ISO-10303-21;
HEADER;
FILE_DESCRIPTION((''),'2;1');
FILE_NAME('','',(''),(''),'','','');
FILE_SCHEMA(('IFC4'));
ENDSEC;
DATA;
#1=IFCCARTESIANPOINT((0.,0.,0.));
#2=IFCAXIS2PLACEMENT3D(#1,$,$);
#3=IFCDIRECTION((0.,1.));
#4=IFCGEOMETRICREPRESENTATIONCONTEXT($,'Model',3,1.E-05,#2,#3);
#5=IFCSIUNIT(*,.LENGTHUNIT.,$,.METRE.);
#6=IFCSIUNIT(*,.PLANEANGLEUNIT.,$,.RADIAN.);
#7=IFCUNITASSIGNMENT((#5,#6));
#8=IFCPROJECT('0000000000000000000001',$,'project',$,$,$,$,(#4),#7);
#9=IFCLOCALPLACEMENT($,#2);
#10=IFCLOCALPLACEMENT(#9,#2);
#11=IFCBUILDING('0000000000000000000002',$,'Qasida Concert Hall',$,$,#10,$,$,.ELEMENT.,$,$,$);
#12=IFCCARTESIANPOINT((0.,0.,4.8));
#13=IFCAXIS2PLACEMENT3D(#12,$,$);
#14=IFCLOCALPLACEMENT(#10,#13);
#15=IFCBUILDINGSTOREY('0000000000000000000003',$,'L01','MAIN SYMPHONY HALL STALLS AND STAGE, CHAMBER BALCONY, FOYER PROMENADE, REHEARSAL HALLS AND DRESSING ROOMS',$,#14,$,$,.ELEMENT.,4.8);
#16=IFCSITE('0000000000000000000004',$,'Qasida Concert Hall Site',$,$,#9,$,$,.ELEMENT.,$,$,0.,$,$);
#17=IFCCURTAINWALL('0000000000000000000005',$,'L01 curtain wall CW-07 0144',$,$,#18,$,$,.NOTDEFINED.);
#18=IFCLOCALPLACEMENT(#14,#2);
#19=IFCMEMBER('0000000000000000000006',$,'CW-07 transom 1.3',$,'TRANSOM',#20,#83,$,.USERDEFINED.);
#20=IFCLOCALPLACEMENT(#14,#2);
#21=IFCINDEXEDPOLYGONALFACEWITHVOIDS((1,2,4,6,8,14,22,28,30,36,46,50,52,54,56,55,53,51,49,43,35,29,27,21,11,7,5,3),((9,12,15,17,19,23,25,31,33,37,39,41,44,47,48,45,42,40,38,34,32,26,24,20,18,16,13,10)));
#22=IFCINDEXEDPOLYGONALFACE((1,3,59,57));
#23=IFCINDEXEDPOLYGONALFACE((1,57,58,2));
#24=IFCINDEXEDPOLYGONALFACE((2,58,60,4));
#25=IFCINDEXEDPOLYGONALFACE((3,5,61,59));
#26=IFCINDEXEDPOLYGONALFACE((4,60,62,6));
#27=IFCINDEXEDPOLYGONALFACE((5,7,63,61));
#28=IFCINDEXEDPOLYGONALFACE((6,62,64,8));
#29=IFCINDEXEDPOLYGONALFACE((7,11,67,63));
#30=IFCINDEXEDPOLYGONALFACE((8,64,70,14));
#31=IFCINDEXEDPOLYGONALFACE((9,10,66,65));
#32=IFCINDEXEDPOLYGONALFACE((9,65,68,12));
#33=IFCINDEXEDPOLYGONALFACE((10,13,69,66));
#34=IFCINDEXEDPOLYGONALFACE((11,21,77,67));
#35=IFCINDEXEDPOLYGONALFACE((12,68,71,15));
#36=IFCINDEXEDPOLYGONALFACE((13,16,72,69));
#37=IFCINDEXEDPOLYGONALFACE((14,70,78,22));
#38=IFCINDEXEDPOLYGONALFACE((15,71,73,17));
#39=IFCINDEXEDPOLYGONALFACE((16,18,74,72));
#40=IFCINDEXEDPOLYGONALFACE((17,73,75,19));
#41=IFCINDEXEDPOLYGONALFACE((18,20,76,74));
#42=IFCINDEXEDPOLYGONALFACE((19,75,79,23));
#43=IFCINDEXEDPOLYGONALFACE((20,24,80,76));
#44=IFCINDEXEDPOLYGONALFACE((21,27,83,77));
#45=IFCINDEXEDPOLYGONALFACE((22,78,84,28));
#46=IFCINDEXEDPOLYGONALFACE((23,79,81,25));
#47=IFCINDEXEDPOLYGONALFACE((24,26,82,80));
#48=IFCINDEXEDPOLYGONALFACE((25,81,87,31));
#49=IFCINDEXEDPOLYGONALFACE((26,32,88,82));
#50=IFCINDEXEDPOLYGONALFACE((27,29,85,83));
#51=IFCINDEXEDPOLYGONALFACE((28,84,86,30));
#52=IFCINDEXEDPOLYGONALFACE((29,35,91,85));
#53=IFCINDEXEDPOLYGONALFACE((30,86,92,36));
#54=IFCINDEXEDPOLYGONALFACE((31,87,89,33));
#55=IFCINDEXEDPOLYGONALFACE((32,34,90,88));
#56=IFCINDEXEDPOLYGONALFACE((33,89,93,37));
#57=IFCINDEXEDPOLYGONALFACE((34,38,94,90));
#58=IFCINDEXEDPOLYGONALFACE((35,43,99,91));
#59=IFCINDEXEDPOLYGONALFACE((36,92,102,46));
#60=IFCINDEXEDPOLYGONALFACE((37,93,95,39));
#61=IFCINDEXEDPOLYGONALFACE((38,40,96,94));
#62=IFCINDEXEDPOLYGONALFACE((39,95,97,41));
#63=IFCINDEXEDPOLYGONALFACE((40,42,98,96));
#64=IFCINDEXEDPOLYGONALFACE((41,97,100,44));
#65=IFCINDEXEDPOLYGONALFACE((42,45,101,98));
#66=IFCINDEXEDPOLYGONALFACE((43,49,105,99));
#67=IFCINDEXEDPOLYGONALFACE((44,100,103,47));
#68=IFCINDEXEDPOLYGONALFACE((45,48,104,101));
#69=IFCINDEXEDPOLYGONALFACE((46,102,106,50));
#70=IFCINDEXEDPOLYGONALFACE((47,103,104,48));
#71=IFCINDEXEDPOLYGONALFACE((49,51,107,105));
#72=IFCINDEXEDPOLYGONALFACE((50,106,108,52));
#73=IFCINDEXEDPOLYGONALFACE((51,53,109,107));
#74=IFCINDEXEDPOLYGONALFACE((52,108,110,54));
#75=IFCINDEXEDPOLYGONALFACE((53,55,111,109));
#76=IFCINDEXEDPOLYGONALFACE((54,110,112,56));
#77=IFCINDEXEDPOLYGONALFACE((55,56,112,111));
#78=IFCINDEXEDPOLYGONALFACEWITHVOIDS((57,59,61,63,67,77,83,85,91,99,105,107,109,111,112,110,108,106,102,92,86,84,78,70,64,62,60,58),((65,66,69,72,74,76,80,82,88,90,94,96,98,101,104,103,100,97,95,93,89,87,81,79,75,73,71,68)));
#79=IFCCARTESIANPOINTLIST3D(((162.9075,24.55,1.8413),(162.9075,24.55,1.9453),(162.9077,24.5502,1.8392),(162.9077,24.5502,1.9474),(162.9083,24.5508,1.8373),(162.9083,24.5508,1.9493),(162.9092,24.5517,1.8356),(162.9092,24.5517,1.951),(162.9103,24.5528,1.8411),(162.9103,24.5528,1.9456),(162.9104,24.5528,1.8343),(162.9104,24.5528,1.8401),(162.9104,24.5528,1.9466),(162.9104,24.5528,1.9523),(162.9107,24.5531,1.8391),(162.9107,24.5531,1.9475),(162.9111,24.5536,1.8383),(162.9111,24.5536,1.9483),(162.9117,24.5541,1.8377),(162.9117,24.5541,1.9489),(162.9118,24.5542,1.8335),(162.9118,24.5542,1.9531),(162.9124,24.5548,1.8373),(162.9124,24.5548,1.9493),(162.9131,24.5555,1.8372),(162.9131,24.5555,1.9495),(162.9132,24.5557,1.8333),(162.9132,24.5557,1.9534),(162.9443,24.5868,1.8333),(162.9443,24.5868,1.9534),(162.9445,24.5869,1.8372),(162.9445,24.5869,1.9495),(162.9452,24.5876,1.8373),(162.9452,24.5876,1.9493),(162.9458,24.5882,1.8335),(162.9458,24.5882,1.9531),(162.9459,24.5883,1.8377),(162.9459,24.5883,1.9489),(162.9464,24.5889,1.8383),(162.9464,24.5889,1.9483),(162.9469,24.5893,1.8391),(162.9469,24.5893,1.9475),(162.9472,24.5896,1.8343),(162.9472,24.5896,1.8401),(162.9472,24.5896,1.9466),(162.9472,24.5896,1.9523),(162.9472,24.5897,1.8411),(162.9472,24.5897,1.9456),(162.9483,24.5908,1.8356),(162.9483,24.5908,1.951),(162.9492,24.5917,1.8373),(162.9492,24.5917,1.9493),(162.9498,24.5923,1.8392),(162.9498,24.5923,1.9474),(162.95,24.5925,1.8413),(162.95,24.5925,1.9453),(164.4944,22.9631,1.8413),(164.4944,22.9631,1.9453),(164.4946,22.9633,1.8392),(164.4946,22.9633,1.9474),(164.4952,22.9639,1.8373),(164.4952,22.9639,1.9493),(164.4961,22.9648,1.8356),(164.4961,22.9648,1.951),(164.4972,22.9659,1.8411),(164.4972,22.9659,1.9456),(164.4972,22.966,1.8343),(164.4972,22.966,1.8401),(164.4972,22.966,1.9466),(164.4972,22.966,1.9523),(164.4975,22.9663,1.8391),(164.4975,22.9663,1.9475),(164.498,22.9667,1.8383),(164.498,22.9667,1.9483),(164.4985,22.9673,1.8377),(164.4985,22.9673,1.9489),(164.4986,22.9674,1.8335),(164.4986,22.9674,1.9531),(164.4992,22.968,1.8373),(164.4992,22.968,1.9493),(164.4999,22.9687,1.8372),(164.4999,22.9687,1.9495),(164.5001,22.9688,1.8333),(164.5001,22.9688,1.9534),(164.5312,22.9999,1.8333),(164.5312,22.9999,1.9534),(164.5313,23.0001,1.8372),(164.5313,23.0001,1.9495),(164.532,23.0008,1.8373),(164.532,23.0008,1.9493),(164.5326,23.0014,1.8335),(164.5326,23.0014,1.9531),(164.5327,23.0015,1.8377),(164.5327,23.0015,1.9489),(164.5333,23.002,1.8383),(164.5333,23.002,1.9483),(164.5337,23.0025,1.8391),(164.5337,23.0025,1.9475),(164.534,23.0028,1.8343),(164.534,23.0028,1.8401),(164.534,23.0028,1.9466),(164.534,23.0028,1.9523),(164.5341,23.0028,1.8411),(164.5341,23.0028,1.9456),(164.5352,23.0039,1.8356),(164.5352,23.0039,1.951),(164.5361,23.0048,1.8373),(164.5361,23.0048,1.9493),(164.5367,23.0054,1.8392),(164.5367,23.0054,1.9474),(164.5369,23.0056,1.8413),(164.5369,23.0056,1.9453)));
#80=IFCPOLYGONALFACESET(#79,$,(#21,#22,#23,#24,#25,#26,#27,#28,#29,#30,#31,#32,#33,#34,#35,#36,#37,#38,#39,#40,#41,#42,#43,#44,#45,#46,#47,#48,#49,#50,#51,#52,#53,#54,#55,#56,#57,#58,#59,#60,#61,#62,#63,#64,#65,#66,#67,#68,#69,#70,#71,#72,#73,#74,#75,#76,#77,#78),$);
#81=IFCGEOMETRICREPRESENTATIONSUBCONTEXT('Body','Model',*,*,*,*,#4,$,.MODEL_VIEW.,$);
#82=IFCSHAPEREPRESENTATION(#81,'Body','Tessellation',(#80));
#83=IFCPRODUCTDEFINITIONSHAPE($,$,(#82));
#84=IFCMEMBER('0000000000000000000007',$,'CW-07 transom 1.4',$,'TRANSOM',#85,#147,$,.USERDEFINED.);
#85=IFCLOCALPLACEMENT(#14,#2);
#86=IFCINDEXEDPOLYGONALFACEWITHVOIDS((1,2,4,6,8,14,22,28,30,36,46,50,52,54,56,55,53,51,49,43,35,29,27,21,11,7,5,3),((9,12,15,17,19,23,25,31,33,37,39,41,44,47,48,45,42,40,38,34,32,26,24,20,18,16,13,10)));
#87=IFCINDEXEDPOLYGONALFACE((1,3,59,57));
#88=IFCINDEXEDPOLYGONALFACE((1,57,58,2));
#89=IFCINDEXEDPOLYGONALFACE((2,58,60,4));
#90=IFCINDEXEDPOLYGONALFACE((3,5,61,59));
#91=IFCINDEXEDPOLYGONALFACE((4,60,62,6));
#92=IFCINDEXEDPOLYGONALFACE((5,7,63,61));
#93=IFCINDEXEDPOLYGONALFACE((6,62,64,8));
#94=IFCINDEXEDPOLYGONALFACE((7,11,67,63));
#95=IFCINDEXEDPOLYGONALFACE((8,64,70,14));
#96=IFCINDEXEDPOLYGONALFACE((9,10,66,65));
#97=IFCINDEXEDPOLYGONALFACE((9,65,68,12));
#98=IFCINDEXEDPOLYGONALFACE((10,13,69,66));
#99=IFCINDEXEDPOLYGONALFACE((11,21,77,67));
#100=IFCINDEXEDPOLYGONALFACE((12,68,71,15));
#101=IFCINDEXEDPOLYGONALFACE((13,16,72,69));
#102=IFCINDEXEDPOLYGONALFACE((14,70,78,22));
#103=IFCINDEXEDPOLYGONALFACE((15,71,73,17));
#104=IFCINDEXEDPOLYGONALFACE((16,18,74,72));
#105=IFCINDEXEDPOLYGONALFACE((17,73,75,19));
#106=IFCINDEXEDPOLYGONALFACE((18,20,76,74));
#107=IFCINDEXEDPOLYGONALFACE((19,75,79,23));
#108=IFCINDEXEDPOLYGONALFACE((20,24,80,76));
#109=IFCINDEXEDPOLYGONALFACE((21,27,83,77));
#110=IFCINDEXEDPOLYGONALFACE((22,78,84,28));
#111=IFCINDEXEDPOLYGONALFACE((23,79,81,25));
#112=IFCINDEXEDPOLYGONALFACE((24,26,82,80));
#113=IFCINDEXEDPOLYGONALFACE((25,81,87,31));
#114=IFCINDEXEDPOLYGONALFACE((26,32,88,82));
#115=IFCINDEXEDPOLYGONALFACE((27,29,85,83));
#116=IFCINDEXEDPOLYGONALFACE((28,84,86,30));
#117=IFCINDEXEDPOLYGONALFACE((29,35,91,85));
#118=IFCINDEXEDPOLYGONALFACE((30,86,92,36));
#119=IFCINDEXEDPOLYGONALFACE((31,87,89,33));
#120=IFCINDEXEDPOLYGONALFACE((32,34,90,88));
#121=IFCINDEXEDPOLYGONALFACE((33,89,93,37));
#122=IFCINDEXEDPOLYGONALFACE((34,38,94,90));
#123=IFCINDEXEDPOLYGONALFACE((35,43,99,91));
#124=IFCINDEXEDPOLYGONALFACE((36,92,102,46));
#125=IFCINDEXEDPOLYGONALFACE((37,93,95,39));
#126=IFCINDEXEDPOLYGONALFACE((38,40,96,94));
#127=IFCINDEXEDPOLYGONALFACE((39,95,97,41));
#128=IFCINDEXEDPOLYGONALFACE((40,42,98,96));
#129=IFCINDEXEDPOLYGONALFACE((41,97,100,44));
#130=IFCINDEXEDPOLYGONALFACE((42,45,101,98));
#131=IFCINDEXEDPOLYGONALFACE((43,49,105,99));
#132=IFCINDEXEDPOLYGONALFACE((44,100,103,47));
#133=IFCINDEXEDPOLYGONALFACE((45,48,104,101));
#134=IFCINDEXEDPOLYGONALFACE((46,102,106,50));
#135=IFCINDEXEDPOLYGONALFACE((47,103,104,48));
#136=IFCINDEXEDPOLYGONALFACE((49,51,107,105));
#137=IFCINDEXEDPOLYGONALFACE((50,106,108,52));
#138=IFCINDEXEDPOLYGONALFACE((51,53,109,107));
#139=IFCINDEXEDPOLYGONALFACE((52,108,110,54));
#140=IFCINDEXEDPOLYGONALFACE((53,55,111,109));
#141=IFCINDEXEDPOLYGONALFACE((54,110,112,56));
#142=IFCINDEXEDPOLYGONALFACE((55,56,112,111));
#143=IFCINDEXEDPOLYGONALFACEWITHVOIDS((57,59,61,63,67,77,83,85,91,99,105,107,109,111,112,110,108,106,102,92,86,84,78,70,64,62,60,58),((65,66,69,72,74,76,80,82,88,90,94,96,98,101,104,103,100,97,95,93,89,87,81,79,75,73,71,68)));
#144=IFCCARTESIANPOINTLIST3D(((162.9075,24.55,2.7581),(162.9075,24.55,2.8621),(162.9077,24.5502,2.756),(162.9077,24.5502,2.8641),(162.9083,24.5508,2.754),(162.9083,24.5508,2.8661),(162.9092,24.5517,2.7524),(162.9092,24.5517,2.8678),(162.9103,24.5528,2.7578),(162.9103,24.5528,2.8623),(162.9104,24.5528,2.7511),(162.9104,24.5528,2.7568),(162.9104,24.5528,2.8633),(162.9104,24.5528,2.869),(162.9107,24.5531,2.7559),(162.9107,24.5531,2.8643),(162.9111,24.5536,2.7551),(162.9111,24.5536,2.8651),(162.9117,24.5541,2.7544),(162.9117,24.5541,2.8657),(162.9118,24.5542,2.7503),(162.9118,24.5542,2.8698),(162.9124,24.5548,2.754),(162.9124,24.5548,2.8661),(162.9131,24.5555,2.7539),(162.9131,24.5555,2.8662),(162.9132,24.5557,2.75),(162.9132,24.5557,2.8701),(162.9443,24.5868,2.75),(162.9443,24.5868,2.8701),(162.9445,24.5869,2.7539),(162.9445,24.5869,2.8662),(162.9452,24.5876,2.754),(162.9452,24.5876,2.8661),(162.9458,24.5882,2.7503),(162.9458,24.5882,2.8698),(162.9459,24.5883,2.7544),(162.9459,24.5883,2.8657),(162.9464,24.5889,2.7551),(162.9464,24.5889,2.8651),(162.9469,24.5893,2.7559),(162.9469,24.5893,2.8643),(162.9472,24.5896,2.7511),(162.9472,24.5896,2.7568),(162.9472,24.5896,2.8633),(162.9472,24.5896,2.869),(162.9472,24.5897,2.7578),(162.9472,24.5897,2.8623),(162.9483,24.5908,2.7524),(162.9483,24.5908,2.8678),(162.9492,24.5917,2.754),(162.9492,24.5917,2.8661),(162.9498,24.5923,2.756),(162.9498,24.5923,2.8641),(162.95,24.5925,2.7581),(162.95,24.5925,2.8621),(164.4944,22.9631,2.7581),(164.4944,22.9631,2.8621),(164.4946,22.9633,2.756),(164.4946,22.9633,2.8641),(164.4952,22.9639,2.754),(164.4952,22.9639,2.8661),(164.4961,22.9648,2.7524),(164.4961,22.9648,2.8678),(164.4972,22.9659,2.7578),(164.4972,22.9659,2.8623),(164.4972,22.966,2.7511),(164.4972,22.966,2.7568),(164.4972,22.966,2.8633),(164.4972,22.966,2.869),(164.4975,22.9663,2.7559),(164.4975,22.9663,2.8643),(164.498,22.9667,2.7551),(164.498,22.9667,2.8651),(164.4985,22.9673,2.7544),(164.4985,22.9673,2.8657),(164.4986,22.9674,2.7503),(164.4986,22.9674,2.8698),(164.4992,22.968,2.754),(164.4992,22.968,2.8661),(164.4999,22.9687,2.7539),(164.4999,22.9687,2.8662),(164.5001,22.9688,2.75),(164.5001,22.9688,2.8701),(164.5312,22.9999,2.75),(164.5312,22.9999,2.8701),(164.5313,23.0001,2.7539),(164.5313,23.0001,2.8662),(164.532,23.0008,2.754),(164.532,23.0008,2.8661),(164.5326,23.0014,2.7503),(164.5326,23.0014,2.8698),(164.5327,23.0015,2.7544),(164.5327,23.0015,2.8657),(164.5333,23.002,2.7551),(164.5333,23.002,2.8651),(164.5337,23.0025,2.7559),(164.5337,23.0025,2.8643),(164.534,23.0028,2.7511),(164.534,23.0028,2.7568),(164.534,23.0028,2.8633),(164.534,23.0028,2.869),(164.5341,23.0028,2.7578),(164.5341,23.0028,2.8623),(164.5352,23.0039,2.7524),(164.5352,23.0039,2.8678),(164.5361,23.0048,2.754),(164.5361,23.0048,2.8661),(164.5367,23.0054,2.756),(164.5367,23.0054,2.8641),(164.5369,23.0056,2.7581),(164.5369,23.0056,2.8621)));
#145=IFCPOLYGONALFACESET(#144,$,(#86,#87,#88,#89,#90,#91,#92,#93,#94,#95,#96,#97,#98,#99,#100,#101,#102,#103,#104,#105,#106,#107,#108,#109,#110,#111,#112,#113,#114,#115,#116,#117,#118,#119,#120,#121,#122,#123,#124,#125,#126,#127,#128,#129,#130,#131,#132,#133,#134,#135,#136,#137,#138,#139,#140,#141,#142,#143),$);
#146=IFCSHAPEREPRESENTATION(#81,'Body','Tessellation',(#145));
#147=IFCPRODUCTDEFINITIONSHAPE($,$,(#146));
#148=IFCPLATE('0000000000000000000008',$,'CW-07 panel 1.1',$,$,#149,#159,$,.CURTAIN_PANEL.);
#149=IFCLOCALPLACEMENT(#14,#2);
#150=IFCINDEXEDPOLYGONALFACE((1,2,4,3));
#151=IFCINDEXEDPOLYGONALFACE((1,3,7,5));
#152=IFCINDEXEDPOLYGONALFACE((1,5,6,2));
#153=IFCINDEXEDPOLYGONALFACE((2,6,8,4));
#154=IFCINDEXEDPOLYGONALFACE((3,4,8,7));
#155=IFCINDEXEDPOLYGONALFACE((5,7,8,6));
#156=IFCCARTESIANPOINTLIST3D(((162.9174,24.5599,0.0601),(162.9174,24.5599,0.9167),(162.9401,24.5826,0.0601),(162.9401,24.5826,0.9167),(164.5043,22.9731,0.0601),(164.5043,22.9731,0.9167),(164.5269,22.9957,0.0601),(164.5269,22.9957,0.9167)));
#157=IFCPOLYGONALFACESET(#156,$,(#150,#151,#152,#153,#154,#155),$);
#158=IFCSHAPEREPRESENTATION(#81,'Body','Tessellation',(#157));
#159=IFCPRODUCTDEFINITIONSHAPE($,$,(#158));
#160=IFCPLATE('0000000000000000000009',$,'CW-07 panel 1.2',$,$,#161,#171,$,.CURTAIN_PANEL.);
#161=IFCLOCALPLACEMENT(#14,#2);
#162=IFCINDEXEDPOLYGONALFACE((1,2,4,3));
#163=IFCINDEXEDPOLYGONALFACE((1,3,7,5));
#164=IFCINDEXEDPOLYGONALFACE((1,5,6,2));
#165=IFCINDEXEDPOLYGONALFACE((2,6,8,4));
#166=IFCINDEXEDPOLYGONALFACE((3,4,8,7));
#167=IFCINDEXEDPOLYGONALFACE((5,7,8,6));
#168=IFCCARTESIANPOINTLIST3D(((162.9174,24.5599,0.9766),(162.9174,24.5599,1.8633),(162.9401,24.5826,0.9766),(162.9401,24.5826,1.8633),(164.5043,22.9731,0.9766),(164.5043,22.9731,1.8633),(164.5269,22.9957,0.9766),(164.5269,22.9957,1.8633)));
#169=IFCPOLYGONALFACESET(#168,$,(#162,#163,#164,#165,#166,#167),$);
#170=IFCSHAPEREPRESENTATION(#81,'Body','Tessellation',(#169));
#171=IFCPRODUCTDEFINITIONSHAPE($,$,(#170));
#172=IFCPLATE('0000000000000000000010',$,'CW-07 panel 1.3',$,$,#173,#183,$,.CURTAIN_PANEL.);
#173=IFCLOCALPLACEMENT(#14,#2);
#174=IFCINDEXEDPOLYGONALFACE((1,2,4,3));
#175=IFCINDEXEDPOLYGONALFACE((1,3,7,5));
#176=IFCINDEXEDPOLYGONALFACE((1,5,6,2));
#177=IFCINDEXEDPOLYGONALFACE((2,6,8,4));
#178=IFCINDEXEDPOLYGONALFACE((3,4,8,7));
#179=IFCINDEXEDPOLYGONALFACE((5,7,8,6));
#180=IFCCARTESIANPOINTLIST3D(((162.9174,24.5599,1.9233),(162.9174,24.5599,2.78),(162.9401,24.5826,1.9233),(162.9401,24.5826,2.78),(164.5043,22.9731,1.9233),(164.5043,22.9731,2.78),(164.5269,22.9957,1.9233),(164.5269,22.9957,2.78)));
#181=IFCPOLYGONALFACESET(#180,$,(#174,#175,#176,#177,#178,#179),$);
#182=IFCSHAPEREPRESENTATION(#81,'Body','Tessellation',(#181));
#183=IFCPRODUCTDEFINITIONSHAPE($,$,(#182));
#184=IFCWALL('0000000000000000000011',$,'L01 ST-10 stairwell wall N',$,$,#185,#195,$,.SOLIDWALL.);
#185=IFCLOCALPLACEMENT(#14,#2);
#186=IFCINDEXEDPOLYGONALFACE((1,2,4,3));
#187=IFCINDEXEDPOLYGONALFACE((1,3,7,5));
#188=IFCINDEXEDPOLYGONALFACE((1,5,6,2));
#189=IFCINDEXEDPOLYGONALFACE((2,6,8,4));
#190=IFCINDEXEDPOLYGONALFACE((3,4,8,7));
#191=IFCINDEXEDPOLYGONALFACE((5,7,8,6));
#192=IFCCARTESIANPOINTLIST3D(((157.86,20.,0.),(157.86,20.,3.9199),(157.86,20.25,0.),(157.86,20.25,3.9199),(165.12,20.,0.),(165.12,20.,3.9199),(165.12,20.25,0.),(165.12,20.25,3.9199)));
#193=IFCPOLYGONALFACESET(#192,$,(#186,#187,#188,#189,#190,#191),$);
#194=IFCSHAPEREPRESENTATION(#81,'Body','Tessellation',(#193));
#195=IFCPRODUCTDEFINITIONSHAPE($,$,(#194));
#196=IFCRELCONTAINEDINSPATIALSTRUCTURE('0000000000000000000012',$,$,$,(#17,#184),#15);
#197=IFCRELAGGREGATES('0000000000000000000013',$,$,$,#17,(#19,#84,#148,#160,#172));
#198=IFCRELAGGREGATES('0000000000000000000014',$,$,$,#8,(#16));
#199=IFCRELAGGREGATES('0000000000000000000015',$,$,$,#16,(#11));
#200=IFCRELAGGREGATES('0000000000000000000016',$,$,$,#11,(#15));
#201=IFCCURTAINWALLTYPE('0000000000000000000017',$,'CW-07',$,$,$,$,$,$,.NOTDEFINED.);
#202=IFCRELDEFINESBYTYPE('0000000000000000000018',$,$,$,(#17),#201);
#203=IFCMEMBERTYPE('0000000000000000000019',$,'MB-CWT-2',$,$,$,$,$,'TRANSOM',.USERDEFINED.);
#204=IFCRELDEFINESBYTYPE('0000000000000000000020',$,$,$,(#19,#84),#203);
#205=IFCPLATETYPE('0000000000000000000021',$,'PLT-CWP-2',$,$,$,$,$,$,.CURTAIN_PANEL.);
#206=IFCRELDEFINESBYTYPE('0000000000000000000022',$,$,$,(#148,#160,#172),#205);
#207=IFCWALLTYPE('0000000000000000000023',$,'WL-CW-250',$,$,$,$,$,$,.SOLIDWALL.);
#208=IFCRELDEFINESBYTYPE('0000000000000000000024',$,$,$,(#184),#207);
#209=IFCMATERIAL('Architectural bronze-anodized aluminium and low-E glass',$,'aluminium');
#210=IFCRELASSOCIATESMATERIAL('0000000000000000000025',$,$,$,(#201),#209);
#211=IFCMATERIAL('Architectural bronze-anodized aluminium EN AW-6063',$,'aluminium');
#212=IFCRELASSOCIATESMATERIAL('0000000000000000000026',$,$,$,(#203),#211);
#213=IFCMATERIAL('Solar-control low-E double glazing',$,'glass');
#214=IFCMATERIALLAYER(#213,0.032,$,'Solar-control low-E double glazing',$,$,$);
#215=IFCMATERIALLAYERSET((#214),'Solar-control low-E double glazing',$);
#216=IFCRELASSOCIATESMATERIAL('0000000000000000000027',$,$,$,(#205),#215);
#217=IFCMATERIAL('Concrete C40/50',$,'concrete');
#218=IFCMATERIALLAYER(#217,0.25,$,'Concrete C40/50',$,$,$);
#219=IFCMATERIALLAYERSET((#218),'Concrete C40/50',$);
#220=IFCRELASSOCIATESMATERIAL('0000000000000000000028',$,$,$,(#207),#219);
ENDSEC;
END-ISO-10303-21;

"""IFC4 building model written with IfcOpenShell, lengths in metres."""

from ifc_helpers import new_model, si_unit, direction, frame, frame_2d, origin, origin_2d, place, context, subcontext, project, spatial, rectangle, hollow_rectangle, extrude, material, layer, layer_set, material_profile, profile_set, type_object, element, aggregate, save


model = new_model("IFC4")

# Units and contexts
model_context = context("Model", 3, precision=1e-05, world=origin(), true_north=direction((0.0, 1.0)))
body_context = subcontext(model_context, "Body", "Model", "MODEL_VIEW")
ifc_project = project(units=[si_unit("LENGTHUNIT", "METRE"), si_unit("PLANEANGLEUNIT", "RADIAN")], contexts=[model_context])

# Site, building, storey
site_placement = place(None, origin())
site = spatial("IfcSite", under=ifc_project, at=site_placement, Name="Qasida Concert Hall Site", CompositionType="ELEMENT", RefElevation=0.0)
building_placement = place(site_placement, origin())
building = spatial("IfcBuilding", under=site, at=building_placement, Name="Qasida Concert Hall", CompositionType="ELEMENT")
storey_placement = place(building_placement, frame((0.0, 0.0, 4.8)))
storey = spatial("IfcBuildingStorey", under=building, at=storey_placement, Name="L01", Description="MAIN SYMPHONY HALL STALLS AND STAGE, CHAMBER BALCONY, FOYER PROMENADE, REHEARSAL HALLS AND DRESSING ROOMS", CompositionType="ELEMENT", Elevation=4.8)

# Shared definitions
ifc_material_1 = material(Name="Concrete C40/50", Category="concrete")

# Curtain wall, members, plates
ifc_material_2 = material(Name="Architectural bronze-anodized aluminium and low-E glass", Category="aluminium")
curtain_wall_type = type_object("IfcCurtainWallType", Name="CW-07", PredefinedType="NOTDEFINED", material=ifc_material_2)
curtain_wall_placement = place(storey_placement, origin())
curtain_wall = element("IfcCurtainWall", 1, at=curtain_wall_placement, inside=storey, type_object=curtain_wall_type, Name="L01 curtain wall CW-07 0144", PredefinedType="NOTDEFINED")
ifc_material_3 = material(Name="Architectural bronze-anodized aluminium EN AW-6063", Category="aluminium")
ifc_material_profile_1 = material_profile(ifc_material_3, hollow_rectangle(XDim=0.0601, YDim=0.1201, WallThickness=0.0039, InnerFilletRadius=0.0039, OuterFilletRadius=0.0081, at=origin_2d()), Name="CWT 120x60x4")
ifc_profile_set_1 = profile_set([ifc_material_profile_1], Name="Architectural bronze-anodized aluminium EN AW-6063")
member_type_1 = type_object("IfcMemberType", Name="MB-CWT-2", ElementType="TRANSOM", PredefinedType="USERDEFINED", material=ifc_profile_set_1)
member_1_placement = place(storey_placement, frame((164.5156, 22.9844, 1.8933), z_axis=(-0.707107, 0.707107, 0.0), x_axis=(-0.707107, -0.707107, 0.0)))
member_1 = element("IfcMember", 2, at=member_1_placement, type_object=member_type_1, Name="CW-07 transom 1.3", ObjectType="TRANSOM", PredefinedType="USERDEFINED", context=body_context, shape_type="SweptSolid", body=[
    extrude(hollow_rectangle(XDim=0.0601, YDim=0.1201, WallThickness=0.0039, InnerFilletRadius=0.0039, OuterFilletRadius=0.0081, at=origin_2d()), origin(), (0.0, 0.0, 1.0), 2.2441),
])
member_2_placement = place(storey_placement, frame((164.5156, 22.9844, 2.8101), z_axis=(-0.707107, 0.707107, 0.0), x_axis=(-0.707107, -0.707107, 0.0)))
member_2 = element("IfcMember", 3, at=member_2_placement, type_object=member_type_1, Name="CW-07 transom 1.4", ObjectType="TRANSOM", PredefinedType="USERDEFINED", context=body_context, shape_type="SweptSolid", body=[
    extrude(hollow_rectangle(XDim=0.0601, YDim=0.1201, WallThickness=0.0039, InnerFilletRadius=0.0039, OuterFilletRadius=0.0081, at=origin_2d()), origin(), (0.0, 0.0, 1.0), 2.2441),
])
ifc_material_4 = material(Name="Solar-control low-E double glazing", Category="glass")
ifc_layer_1 = layer(ifc_material_4, 0.032, Name="Solar-control low-E double glazing")
ifc_layer_set_1 = layer_set([ifc_layer_1], Name="Solar-control low-E double glazing")
plate_type = type_object("IfcPlateType", Name="PLT-CWP-2", PredefinedType="CURTAIN_PANEL", material=ifc_layer_set_1)
plate_1_placement = place(storey_placement, frame((163.7222, 23.7778, 0.0601), z_axis=(0.0, 0.0, 1.0), x_axis=(-0.707107, 0.707107, 0.0)))
plate_1 = element("IfcPlate", 4, at=plate_1_placement, type_object=plate_type, Name="CW-07 panel 1.1", PredefinedType="CURTAIN_PANEL", context=body_context, shape_type="SweptSolid", body=[
    extrude(rectangle(XDim=2.2441, YDim=0.032, at=origin_2d()), origin(), (0.0, 0.0, 1.0), 0.8567),
])
plate_2_placement = place(storey_placement, frame((163.7222, 23.7778, 0.9766), z_axis=(0.0, 0.0, 1.0), x_axis=(-0.707107, 0.707107, 0.0)))
plate_2 = element("IfcPlate", 5, at=plate_2_placement, type_object=plate_type, Name="CW-07 panel 1.2", PredefinedType="CURTAIN_PANEL", context=body_context, shape_type="SweptSolid", body=[
    extrude(rectangle(XDim=2.2441, YDim=0.032, at=origin_2d()), origin(), (0.0, 0.0, 1.0), 0.8867),
])
plate_3_placement = place(storey_placement, frame((163.7222, 23.7778, 1.9233), z_axis=(0.0, 0.0, 1.0), x_axis=(-0.707107, 0.707107, 0.0)))
plate_3 = element("IfcPlate", 6, at=plate_3_placement, type_object=plate_type, Name="CW-07 panel 1.3", PredefinedType="CURTAIN_PANEL", context=body_context, shape_type="SweptSolid", body=[
    extrude(rectangle(XDim=2.2441, YDim=0.032, at=origin_2d()), origin(), (0.0, 0.0, 1.0), 0.8567),
])
aggregate(curtain_wall, [member_1, member_2, plate_1, plate_2, plate_3])

# Wall
ifc_layer_2 = layer(ifc_material_1, 0.25, Name="Concrete C40/50")
ifc_layer_set_2 = layer_set([ifc_layer_2], Name="Concrete C40/50")
wall_type_1 = type_object("IfcWallType", Name="WL-CW-250", PredefinedType="SOLIDWALL", material=ifc_layer_set_2)
wall_1_placement = place(storey_placement, frame((157.8601, 20.125, 0.0), z_axis=(0.0, 0.0, 1.0), x_axis=(1.0, 0.0, 0.0)))
element("IfcWall", 7, at=wall_1_placement, inside=storey, type_object=wall_type_1, Name="L01 ST-10 stairwell wall N", PredefinedType="SOLIDWALL", context=body_context, shape_type="SweptSolid", body=[
    extrude(rectangle(XDim=7.26, YDim=0.25, at=frame_2d((3.6299, 0.0))), origin(), (0.0, 0.0, 1.0), 3.9199),
])

save(model, "model.ifc")
